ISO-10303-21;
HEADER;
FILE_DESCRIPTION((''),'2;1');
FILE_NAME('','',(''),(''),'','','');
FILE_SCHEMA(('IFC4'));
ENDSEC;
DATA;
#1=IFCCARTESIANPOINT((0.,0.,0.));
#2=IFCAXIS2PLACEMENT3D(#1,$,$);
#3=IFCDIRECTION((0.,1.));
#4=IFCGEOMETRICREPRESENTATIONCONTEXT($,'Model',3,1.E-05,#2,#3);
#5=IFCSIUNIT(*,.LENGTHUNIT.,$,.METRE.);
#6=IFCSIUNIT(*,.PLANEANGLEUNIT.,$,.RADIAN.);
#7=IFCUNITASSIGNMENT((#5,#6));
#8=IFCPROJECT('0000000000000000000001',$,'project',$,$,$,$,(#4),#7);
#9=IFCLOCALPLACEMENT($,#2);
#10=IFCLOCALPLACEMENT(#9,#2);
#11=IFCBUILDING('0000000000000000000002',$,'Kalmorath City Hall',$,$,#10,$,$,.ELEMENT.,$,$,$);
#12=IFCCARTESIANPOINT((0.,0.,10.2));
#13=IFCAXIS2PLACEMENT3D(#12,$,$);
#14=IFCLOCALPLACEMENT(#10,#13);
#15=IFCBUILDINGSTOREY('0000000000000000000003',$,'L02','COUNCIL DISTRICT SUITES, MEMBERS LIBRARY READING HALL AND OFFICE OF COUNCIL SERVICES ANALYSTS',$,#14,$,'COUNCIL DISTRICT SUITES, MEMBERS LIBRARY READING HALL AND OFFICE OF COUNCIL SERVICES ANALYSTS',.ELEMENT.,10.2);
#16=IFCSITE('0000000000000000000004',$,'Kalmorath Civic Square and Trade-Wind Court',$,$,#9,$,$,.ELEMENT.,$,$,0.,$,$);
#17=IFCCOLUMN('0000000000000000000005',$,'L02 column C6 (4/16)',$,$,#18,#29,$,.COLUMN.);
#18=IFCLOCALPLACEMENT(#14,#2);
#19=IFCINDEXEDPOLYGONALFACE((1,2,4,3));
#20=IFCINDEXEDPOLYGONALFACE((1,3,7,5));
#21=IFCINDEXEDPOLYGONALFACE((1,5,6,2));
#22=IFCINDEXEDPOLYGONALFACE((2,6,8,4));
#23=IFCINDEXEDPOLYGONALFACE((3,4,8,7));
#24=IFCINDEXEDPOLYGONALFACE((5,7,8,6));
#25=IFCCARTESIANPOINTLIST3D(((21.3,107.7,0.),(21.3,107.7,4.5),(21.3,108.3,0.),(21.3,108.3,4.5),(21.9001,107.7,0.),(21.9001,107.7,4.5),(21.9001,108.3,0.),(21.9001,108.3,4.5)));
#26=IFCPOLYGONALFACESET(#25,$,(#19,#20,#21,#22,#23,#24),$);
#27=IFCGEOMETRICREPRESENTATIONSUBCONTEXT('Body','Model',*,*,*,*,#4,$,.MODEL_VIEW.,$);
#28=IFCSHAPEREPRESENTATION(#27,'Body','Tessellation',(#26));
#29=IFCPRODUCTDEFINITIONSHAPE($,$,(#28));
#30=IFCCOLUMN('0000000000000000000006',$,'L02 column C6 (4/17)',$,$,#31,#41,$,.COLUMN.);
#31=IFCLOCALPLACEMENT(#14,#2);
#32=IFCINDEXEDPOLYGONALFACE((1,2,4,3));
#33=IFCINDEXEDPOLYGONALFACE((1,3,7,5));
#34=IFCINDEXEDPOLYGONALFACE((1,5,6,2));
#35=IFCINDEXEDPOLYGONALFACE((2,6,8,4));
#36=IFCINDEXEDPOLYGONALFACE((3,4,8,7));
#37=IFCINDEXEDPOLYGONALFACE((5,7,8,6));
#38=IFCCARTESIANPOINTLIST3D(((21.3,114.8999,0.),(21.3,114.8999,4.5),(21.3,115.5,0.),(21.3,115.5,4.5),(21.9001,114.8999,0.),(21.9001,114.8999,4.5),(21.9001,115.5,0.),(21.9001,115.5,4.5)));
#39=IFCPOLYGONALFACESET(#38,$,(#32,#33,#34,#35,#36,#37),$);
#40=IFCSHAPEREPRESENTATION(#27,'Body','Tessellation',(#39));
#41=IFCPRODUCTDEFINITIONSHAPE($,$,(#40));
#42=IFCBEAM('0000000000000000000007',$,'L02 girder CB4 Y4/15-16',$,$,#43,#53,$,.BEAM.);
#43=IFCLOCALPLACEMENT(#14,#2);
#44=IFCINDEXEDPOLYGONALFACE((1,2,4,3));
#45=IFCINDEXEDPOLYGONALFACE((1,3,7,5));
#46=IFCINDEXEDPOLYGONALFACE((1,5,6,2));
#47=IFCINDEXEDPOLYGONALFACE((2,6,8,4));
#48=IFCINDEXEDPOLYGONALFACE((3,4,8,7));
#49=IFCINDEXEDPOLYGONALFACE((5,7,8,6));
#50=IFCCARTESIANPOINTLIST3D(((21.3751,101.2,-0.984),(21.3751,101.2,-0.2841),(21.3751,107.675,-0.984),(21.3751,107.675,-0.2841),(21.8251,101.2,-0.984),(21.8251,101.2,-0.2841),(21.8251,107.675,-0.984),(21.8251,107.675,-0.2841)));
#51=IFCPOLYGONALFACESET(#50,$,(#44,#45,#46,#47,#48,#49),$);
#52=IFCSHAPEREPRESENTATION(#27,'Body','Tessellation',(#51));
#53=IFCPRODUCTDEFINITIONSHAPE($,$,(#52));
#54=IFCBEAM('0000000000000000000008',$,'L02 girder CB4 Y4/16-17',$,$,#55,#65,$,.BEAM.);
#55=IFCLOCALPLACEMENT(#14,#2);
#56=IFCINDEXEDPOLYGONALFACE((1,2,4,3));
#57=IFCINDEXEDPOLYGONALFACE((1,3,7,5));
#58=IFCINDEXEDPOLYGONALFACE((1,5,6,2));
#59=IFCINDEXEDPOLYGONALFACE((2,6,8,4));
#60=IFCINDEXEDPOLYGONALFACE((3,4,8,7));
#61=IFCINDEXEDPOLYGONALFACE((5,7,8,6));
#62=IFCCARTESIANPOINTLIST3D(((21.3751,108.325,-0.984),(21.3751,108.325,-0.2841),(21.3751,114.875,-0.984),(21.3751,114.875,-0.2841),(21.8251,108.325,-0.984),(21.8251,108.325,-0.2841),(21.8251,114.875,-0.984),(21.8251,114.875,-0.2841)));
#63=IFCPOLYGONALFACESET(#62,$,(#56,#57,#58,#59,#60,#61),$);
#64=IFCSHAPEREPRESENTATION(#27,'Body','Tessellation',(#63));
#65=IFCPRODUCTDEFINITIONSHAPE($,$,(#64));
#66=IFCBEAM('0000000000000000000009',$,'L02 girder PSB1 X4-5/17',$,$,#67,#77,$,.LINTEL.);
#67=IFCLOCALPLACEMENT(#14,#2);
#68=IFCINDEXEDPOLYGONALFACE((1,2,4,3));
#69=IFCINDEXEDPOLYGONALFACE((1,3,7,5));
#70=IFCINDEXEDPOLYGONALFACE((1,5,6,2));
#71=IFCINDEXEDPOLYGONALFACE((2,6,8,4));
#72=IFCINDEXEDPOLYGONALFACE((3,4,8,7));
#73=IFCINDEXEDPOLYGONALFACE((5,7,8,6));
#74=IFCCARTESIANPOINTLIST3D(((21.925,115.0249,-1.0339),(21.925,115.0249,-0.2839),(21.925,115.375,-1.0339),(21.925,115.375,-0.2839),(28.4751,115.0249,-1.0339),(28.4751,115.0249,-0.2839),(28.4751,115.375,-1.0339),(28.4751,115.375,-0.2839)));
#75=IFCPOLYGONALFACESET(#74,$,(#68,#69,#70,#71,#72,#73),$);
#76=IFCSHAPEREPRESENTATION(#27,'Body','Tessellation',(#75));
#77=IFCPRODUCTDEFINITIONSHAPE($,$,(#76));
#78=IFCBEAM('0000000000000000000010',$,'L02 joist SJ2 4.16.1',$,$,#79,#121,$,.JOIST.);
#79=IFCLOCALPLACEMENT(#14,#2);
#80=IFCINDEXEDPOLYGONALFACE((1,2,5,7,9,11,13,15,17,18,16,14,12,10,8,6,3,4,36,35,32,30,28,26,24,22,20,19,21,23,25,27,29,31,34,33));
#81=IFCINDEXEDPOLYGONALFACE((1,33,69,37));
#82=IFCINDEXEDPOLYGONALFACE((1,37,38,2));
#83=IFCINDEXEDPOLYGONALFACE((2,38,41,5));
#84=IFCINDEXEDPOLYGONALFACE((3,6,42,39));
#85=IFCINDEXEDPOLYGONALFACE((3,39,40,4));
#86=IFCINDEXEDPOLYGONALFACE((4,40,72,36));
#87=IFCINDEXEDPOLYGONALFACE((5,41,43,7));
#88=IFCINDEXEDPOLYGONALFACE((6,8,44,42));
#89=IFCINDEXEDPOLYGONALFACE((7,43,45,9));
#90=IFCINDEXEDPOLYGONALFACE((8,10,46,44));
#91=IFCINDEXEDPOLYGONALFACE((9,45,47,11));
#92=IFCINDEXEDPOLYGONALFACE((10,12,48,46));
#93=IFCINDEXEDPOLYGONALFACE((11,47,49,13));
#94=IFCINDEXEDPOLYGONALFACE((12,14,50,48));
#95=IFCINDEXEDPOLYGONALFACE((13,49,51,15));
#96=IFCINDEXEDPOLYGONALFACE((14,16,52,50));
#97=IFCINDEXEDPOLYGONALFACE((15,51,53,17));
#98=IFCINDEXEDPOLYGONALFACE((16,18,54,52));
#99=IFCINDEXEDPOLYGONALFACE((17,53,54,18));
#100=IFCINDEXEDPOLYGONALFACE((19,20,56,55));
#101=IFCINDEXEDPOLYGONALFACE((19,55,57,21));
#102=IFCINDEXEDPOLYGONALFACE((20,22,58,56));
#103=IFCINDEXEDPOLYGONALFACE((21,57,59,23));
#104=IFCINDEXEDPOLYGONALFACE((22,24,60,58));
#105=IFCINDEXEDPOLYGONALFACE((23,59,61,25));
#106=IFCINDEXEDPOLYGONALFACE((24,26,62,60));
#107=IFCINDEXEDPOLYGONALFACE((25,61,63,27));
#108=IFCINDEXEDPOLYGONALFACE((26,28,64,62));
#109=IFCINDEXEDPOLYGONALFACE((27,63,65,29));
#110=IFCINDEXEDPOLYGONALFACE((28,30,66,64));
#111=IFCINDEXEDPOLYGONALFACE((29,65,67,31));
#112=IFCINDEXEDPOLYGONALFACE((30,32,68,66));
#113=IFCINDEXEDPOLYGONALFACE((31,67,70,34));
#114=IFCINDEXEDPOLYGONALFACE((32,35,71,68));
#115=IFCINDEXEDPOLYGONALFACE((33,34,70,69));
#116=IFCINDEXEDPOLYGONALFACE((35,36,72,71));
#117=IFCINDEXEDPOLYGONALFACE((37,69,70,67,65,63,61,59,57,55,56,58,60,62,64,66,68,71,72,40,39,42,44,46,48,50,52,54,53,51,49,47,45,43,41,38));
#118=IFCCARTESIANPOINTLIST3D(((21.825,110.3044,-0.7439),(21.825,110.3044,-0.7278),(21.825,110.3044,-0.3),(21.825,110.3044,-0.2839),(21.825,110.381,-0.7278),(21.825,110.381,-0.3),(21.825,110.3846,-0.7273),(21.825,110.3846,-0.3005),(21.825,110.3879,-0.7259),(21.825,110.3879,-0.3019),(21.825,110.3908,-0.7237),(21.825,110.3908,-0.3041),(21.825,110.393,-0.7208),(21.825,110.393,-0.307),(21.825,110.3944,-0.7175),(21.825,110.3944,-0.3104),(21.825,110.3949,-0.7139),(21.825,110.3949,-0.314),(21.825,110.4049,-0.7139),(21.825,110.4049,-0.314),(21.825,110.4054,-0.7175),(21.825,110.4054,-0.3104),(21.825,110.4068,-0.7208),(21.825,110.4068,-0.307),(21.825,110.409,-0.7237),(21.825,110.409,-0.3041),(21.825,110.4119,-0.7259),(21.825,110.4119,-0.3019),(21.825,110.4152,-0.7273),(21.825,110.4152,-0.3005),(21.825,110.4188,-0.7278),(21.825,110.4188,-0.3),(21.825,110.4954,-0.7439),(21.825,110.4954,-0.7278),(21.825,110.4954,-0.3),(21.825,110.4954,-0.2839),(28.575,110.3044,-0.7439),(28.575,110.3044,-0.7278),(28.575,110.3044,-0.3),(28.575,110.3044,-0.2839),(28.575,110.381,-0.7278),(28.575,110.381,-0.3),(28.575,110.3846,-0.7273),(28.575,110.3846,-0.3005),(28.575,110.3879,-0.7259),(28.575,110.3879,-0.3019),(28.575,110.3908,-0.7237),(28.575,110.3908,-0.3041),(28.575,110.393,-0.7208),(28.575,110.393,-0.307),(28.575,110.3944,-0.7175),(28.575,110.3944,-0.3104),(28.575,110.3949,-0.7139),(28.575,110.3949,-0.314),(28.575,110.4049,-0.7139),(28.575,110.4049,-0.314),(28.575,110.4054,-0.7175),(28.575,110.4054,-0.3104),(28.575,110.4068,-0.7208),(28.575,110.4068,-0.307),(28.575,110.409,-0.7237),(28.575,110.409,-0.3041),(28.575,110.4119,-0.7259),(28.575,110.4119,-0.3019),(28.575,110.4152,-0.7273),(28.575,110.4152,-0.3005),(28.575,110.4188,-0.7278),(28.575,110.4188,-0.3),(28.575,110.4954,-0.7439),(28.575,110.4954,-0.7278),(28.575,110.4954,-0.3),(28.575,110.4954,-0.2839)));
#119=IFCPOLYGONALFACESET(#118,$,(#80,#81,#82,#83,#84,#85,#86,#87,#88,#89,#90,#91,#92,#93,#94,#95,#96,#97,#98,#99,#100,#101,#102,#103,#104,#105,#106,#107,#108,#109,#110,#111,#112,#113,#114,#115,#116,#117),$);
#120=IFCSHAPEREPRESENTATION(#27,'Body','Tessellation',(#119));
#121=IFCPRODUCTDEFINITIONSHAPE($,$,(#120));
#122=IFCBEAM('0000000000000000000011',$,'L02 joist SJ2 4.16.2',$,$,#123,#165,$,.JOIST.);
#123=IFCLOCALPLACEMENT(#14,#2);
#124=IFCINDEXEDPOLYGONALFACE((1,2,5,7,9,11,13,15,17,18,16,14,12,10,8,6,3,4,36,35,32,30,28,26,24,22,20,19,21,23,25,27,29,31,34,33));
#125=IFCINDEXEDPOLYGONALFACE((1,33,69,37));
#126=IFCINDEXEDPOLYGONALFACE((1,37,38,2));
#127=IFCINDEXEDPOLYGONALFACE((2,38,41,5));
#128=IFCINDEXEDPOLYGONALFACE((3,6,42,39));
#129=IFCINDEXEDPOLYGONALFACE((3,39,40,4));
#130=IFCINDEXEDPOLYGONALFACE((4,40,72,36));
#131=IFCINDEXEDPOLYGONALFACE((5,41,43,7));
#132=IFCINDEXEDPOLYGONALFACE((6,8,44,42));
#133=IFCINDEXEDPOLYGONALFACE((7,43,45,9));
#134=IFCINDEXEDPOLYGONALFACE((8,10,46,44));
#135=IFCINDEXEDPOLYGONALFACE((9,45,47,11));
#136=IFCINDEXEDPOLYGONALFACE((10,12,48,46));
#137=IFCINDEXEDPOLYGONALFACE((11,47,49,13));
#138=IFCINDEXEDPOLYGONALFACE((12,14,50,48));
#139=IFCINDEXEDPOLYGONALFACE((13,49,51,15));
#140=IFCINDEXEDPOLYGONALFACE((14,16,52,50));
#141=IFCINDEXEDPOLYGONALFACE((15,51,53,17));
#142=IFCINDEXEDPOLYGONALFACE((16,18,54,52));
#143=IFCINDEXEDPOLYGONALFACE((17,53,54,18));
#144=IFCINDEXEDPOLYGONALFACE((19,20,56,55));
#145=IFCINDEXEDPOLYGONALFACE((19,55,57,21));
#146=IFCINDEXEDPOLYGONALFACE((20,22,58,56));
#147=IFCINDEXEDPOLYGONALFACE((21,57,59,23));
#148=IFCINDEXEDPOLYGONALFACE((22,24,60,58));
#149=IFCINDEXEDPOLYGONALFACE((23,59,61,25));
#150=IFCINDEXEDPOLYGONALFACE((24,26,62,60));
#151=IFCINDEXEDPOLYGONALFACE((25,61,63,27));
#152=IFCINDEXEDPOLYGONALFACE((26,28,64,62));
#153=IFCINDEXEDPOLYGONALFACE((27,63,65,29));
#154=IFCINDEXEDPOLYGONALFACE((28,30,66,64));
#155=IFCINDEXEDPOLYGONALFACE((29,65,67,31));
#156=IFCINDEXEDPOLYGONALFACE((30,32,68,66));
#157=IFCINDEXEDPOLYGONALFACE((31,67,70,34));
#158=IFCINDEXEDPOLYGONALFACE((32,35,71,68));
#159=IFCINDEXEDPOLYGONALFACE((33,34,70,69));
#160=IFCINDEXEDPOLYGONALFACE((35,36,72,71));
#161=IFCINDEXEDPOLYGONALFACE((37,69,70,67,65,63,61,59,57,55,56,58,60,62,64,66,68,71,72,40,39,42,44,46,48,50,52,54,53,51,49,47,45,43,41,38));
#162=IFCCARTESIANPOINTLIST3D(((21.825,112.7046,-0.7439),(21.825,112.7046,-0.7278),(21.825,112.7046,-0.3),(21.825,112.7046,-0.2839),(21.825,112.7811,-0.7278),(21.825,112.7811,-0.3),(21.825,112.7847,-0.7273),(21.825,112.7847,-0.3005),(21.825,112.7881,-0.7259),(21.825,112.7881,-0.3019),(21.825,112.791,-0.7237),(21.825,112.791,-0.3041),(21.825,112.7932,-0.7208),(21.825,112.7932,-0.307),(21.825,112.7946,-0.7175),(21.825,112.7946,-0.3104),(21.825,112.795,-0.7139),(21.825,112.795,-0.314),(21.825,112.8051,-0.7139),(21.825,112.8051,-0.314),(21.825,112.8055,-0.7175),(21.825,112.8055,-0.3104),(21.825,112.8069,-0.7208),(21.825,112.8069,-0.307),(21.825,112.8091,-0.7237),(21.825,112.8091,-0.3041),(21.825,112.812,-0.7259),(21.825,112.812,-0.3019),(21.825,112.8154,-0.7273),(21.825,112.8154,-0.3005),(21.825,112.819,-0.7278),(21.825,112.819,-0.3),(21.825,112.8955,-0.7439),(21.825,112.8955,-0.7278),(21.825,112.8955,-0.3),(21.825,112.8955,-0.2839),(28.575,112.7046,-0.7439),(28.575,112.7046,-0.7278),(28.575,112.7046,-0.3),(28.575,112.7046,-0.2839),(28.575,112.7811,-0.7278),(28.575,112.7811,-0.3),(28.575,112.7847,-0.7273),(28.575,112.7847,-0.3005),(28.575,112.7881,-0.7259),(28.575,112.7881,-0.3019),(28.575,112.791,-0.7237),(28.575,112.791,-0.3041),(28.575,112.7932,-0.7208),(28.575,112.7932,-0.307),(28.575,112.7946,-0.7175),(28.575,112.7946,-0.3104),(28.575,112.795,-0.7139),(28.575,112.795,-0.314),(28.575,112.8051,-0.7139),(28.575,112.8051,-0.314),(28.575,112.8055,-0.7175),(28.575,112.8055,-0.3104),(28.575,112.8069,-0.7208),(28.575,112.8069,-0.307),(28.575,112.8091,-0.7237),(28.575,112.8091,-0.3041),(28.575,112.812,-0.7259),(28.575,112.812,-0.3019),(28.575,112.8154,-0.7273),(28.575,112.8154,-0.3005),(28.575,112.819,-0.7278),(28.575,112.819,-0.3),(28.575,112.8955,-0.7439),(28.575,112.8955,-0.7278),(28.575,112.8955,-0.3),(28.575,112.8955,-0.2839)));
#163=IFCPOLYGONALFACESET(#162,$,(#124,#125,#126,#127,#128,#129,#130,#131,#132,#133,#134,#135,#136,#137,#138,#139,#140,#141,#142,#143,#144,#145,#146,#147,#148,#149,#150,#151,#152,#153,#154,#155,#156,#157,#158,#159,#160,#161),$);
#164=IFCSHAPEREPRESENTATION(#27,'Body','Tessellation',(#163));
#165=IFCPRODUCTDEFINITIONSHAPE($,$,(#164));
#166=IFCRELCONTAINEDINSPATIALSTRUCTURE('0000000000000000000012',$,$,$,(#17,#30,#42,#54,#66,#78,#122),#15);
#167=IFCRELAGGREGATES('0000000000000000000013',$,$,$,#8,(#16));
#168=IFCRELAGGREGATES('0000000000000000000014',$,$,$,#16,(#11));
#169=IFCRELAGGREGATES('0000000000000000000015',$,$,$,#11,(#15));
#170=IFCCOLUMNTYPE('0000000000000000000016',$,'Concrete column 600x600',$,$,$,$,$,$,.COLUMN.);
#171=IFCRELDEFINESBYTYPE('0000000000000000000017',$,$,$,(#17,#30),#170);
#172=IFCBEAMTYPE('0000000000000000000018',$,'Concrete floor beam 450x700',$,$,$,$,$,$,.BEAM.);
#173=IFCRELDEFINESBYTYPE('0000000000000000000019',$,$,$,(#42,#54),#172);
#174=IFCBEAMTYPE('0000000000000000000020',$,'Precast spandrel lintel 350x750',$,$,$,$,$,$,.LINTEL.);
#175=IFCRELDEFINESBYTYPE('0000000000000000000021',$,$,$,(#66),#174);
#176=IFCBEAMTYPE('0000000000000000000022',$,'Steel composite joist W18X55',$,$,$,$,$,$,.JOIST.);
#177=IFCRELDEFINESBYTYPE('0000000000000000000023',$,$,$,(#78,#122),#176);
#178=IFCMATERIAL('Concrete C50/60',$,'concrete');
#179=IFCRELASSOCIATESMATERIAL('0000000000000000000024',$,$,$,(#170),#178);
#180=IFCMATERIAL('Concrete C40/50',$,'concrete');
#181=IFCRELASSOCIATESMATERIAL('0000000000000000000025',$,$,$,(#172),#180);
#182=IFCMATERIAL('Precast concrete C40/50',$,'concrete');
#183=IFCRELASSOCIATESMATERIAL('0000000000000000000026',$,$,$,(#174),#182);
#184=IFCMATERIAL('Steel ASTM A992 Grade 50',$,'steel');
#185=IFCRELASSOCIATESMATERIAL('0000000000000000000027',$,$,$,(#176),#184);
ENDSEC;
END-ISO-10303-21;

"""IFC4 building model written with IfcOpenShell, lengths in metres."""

from ifc_helpers import new_model, si_unit, direction, frame, origin, origin_2d, place, context, subcontext, project, spatial, rectangle, i_section, extrude, material, material_profile, profile_set, type_object, element, save


model = new_model("IFC4")

# Units and contexts
model_context = context("Model", 3, precision=1e-05, world=origin(), true_north=direction((0.0, 1.0)))
body_context = subcontext(model_context, "Body", "Model", "MODEL_VIEW")
ifc_project = project(units=[si_unit("LENGTHUNIT", "METRE"), si_unit("PLANEANGLEUNIT", "RADIAN")], contexts=[model_context])

# Site, building, storey
site_placement = place(None, origin())
site = spatial("IfcSite", under=ifc_project, at=site_placement, Name="Kalmorath Civic Square and Trade-Wind Court", CompositionType="ELEMENT", RefElevation=0.0)
building_placement = place(site_placement, origin())
building = spatial("IfcBuilding", under=site, at=building_placement, Name="Kalmorath City Hall", CompositionType="ELEMENT")
storey_placement = place(building_placement, frame((0.0, 0.0, 10.2)))
storey = spatial("IfcBuildingStorey", under=building, at=storey_placement, Name="L02", Description="COUNCIL DISTRICT SUITES, MEMBERS LIBRARY READING HALL AND OFFICE OF COUNCIL SERVICES ANALYSTS", LongName="COUNCIL DISTRICT SUITES, MEMBERS LIBRARY READING HALL AND OFFICE OF COUNCIL SERVICES ANALYSTS", CompositionType="ELEMENT", Elevation=10.2)

# Columns
ifc_material_1 = material(Name="Concrete C50/60", Category="concrete")
ifc_material_profile_1 = material_profile(ifc_material_1, rectangle(XDim=0.6001, YDim=0.6001, at=origin_2d()), Name="RC-COL-600X600")
ifc_profile_set_1 = profile_set([ifc_material_profile_1], Name="Concrete C50/60")
column_type = type_object("IfcColumnType", Name="Concrete column 600x600", PredefinedType="COLUMN", material=ifc_profile_set_1)
for number, where, z_axis, x_axis, name in (
    (1, (21.6001, 108.0, 0.0), (0.0, 0.0, 1.0), (1.0, 0.0, 0.0), "L02 column C6 (4/16)"),
    (2, (21.6001, 115.2, 0.0), (0.0, 0.0, 1.0), (1.0, 0.0, 0.0), "L02 column C6 (4/17)"),
):
    element("IfcColumn", number, at=place(storey_placement, frame(where, z_axis=z_axis, x_axis=x_axis)), inside=storey, type_object=column_type, Name=name, PredefinedType="COLUMN", context=body_context, shape_type="SweptSolid", body=[
        extrude(rectangle(XDim=0.6001, YDim=0.6001, at=origin_2d()), origin(), (0.0, 0.0, 1.0), 4.5),
    ])

# Beams
ifc_material_2 = material(Name="Concrete C40/50", Category="concrete")
ifc_material_profile_2 = material_profile(ifc_material_2, rectangle(XDim=0.45, YDim=0.7, at=origin_2d()), Name="RC-BM-450X700")
ifc_profile_set_2 = profile_set([ifc_material_profile_2], Name="Concrete C40/50")
beam_type_1 = type_object("IfcBeamType", Name="Concrete floor beam 450x700", PredefinedType="BEAM", material=ifc_profile_set_2)
beam_1_placement = place(storey_placement, frame((21.6001, 101.2, -0.634), z_axis=(0.0, 1.0, 0.0), x_axis=(-1.0, 0.0, 0.0)))
element("IfcBeam", 3, at=beam_1_placement, inside=storey, type_object=beam_type_1, Name="L02 girder CB4 Y4/15-16", PredefinedType="BEAM", context=body_context, shape_type="SweptSolid", body=[
    extrude(rectangle(XDim=0.45, YDim=0.7, at=origin_2d()), origin(), (0.0, 0.0, 1.0), 6.4751),
])
beam_2_placement = place(storey_placement, frame((21.6001, 108.325, -0.634), z_axis=(0.0, 1.0, 0.0), x_axis=(-1.0, 0.0, 0.0)))
element("IfcBeam", 4, at=beam_2_placement, inside=storey, type_object=beam_type_1, Name="L02 girder CB4 Y4/16-17", PredefinedType="BEAM", context=body_context, shape_type="SweptSolid", body=[
    extrude(rectangle(XDim=0.45, YDim=0.7, at=origin_2d()), origin(), (0.0, 0.0, 1.0), 6.55),
])
ifc_material_3 = material(Name="Precast concrete C40/50", Category="concrete")
ifc_material_profile_3 = material_profile(ifc_material_3, rectangle(XDim=0.3501, YDim=0.75, at=origin_2d()), Name="PC-SP-350X750")
ifc_profile_set_3 = profile_set([ifc_material_profile_3], Name="Precast concrete C40/50")
beam_type_2 = type_object("IfcBeamType", Name="Precast spandrel lintel 350x750", PredefinedType="LINTEL", material=ifc_profile_set_3)
beam_3_placement = place(storey_placement, frame((21.925, 115.2, -0.6589), z_axis=(1.0, 0.0, 0.0), x_axis=(0.0, 1.0, 0.0)))
element("IfcBeam", 5, at=beam_3_placement, inside=storey, type_object=beam_type_2, Name="L02 girder PSB1 X4-5/17", PredefinedType="LINTEL", context=body_context, shape_type="SweptSolid", body=[
    extrude(rectangle(XDim=0.3501, YDim=0.75, at=origin_2d()), origin(), (0.0, 0.0, 1.0), 6.55),
])
ifc_material_4 = material(Name="Steel ASTM A992 Grade 50", Category="steel")
ifc_material_profile_4 = material_profile(ifc_material_4, i_section(OverallWidth=0.1909, OverallDepth=0.46, WebThickness=0.01, FlangeThickness=0.0161, FilletRadius=0.0139, at=origin_2d()), Name="W18X55")
ifc_profile_set_4 = profile_set([ifc_material_profile_4], Name="Steel ASTM A992 Grade 50")
beam_type_3 = type_object("IfcBeamType", Name="Steel composite joist W18X55", PredefinedType="JOIST", material=ifc_profile_set_4)
for number, where, z_axis, x_axis, name in (
    (6, (21.825, 110.3999, -0.5139), (1.0, 0.0, 0.0), (0.0, 1.0, 0.0), "L02 joist SJ2 4.16.1"),
    (7, (21.825, 112.8, -0.5139), (1.0, 0.0, 0.0), (0.0, 1.0, 0.0), "L02 joist SJ2 4.16.2"),
):
    element("IfcBeam", number, at=place(storey_placement, frame(where, z_axis=z_axis, x_axis=x_axis)), inside=storey, type_object=beam_type_3, Name=name, PredefinedType="JOIST", context=body_context, shape_type="SweptSolid", body=[
        extrude(i_section(OverallWidth=0.1909, OverallDepth=0.46, WebThickness=0.01, FlangeThickness=0.0161, FilletRadius=0.0139, at=origin_2d()), origin(), (0.0, 0.0, 1.0), 6.75),
    ])

save(model, "model.ifc")
